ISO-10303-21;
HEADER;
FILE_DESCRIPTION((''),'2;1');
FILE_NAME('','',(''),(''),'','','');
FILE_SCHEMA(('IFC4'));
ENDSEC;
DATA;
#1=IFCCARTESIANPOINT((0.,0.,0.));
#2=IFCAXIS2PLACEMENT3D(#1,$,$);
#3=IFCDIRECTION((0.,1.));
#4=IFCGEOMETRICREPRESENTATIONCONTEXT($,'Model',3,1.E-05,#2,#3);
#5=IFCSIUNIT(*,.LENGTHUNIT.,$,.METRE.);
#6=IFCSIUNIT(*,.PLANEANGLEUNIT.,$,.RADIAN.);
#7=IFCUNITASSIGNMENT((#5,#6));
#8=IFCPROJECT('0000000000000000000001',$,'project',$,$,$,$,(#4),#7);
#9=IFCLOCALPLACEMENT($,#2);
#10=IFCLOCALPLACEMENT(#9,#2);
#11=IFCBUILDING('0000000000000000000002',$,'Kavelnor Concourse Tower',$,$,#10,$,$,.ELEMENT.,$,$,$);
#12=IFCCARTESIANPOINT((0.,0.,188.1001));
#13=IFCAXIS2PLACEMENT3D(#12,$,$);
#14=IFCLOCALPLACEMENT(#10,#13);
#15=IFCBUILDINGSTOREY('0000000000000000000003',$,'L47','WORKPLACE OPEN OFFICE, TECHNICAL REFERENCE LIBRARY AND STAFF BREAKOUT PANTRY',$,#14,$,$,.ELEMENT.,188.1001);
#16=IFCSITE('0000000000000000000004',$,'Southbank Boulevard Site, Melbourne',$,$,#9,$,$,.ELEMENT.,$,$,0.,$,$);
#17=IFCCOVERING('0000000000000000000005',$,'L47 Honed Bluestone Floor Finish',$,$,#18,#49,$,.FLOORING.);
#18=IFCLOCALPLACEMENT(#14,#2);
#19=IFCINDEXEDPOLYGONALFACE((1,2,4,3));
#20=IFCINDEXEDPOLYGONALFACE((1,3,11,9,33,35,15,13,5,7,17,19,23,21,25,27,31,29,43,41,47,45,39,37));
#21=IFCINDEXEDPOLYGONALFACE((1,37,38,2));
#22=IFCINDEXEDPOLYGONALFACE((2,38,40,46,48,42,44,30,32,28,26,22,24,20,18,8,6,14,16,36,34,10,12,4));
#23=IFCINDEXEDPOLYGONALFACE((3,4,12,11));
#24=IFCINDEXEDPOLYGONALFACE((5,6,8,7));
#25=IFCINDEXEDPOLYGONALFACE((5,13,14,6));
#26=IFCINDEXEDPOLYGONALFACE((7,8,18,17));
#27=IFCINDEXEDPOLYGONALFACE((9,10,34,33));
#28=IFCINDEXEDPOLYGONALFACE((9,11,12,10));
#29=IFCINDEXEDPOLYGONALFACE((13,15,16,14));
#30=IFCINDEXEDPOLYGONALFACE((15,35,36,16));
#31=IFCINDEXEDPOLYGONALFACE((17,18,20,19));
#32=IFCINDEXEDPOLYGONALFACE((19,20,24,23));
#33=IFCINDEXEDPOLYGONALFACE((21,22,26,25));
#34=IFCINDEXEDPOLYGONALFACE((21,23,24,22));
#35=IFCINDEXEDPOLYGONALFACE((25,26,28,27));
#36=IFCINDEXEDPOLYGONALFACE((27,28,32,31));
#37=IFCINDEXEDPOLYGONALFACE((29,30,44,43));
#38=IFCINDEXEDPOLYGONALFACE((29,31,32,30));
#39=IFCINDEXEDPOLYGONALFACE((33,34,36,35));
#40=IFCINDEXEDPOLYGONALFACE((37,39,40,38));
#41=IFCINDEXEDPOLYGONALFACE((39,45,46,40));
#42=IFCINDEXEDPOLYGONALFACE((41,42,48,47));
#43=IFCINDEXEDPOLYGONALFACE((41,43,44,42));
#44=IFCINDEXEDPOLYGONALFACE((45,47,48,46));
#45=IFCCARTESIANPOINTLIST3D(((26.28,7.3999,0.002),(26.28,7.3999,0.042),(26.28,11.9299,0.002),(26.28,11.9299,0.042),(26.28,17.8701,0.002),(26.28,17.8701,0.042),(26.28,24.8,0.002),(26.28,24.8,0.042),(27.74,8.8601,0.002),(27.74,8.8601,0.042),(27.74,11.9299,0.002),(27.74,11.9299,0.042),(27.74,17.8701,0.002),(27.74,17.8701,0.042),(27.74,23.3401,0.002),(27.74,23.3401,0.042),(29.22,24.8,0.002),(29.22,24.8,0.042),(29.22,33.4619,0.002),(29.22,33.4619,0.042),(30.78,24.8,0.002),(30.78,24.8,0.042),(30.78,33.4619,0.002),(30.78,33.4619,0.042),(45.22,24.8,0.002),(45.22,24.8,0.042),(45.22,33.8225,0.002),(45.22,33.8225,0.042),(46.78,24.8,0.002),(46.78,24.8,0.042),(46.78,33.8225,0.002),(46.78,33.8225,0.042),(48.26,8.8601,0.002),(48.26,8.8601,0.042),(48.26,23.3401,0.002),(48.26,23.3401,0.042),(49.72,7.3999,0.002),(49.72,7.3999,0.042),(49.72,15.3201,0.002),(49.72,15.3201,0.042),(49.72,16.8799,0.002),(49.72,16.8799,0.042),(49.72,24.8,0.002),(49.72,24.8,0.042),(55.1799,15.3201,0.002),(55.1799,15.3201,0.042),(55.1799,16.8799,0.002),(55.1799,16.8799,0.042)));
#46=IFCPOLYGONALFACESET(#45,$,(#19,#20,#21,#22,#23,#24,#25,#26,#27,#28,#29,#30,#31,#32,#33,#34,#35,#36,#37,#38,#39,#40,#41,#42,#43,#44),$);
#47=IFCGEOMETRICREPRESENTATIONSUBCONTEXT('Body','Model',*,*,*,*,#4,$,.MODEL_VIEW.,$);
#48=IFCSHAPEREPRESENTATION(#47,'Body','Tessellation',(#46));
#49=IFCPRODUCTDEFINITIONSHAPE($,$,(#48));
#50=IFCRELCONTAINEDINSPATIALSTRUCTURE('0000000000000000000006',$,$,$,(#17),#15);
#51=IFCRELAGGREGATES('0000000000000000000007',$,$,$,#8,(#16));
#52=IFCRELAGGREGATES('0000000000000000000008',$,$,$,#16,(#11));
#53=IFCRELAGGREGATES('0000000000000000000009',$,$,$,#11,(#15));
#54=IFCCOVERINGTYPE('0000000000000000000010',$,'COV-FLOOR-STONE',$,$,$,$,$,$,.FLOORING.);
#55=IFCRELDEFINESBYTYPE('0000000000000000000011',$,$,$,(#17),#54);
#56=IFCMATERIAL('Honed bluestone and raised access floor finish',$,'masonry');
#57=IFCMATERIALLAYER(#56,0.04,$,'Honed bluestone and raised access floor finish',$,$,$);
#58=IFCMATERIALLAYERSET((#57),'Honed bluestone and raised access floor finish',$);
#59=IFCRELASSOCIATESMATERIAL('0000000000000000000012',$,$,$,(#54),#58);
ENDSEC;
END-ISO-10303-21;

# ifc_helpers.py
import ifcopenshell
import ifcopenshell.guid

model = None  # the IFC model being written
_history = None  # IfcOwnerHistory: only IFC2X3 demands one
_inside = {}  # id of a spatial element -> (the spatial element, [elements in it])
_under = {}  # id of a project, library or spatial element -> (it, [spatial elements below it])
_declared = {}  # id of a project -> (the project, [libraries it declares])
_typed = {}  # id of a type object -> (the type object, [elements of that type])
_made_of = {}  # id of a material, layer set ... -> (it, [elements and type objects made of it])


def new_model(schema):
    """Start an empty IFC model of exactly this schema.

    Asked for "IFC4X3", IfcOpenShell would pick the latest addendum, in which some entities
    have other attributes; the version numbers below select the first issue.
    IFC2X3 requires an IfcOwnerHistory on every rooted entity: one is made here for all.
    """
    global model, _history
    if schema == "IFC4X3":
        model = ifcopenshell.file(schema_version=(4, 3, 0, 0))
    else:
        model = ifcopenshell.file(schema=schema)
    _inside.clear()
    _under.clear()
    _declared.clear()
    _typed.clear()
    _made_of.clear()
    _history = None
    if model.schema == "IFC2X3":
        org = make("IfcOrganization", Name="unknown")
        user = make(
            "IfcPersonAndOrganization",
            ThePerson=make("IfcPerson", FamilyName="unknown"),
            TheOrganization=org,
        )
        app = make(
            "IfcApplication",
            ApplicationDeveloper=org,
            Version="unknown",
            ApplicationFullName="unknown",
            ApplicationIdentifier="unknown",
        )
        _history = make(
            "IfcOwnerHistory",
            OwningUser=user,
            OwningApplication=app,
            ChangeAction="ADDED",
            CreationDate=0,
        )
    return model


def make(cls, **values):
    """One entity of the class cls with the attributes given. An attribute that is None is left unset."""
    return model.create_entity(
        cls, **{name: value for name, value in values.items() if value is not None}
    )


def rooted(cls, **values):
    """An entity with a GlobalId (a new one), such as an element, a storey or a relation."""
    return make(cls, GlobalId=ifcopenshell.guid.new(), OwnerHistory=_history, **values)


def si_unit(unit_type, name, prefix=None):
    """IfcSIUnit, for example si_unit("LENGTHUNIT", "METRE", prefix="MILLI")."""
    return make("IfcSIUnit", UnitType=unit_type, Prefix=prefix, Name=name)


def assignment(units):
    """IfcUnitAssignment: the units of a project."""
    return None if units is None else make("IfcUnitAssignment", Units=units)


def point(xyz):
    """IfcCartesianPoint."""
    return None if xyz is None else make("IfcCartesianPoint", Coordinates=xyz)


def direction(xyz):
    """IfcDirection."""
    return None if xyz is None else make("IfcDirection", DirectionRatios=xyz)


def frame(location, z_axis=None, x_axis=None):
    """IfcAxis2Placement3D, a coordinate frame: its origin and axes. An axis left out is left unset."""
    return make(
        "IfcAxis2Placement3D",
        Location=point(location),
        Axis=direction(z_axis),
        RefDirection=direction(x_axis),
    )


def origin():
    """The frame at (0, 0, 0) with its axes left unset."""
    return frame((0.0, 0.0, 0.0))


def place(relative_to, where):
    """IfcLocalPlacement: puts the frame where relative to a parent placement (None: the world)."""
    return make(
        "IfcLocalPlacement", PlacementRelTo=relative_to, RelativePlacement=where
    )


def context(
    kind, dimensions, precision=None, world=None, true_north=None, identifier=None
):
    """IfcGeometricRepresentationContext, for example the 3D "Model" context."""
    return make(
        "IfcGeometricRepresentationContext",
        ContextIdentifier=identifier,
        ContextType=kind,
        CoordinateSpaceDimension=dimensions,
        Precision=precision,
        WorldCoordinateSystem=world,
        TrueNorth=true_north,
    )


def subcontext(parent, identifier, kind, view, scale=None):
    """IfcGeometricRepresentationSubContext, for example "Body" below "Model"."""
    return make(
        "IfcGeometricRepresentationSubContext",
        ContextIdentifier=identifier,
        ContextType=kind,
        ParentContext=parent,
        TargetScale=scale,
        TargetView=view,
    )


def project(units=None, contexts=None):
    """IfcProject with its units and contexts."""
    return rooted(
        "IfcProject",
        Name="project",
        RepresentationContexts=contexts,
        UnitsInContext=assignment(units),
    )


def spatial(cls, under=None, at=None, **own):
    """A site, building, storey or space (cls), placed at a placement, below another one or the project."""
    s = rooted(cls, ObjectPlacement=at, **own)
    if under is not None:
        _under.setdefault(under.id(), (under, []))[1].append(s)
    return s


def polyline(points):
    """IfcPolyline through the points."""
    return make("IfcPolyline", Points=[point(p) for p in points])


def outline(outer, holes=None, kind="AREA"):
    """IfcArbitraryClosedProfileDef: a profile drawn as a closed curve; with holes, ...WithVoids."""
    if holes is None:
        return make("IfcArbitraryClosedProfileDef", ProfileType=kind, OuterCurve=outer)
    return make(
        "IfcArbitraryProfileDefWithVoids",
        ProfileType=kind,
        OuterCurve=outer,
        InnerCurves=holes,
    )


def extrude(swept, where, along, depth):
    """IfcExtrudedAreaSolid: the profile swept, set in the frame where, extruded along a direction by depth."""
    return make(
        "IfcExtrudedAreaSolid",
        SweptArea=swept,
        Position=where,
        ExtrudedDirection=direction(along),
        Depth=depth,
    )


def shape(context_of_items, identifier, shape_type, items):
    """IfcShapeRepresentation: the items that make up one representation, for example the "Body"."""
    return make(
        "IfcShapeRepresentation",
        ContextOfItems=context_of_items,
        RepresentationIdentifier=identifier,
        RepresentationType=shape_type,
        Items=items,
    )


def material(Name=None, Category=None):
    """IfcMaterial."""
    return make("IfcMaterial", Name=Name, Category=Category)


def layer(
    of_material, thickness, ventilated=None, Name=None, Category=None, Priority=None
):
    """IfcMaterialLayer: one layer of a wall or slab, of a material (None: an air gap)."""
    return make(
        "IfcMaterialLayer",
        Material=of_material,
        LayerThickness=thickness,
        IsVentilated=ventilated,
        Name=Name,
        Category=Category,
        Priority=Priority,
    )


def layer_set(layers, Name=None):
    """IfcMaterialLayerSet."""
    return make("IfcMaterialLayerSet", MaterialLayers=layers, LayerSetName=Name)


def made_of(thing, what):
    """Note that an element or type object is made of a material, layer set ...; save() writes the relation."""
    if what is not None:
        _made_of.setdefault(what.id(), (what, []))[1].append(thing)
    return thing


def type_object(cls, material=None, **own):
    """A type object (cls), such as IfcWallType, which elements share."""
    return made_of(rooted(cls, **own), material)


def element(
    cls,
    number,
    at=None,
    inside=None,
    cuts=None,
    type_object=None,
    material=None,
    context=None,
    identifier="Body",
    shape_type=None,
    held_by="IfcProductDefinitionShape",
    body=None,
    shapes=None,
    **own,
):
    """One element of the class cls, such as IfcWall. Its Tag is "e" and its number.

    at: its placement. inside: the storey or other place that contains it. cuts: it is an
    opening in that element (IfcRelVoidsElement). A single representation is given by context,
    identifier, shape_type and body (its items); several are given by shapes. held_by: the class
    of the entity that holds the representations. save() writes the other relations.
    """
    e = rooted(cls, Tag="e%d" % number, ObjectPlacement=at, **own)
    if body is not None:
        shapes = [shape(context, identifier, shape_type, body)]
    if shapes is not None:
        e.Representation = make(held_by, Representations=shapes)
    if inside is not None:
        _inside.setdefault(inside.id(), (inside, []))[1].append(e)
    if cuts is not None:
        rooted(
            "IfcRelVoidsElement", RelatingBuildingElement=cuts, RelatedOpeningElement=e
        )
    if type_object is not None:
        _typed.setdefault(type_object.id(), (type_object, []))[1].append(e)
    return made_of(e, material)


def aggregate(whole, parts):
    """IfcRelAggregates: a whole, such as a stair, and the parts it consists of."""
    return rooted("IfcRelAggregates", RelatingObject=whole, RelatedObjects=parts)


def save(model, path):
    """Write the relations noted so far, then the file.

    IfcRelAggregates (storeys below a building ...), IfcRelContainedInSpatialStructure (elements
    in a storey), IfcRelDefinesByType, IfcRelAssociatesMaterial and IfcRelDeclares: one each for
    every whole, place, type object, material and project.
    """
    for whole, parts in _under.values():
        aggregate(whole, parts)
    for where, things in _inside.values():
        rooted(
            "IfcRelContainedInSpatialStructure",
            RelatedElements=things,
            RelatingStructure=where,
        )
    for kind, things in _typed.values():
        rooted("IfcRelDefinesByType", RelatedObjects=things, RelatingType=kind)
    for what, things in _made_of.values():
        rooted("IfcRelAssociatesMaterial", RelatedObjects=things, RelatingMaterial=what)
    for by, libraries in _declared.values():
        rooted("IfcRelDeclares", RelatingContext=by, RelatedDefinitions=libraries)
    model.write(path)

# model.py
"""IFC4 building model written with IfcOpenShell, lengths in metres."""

from ifc_helpers import new_model, si_unit, direction, frame, origin, place, context, subcontext, project, spatial, polyline, outline, extrude, material, layer, layer_set, type_object, element, save


model = new_model("IFC4")

# Units and contexts
model_context = context("Model", 3, precision=1e-05, world=origin(), true_north=direction((0.0, 1.0)))
body_context = subcontext(model_context, "Body", "Model", "MODEL_VIEW")
ifc_project = project(units=[si_unit("LENGTHUNIT", "METRE"), si_unit("PLANEANGLEUNIT", "RADIAN")], contexts=[model_context])

# Site, building, storey
site_placement = place(None, origin())
site = spatial("IfcSite", under=ifc_project, at=site_placement, Name="Southbank Boulevard Site, Melbourne", CompositionType="ELEMENT", RefElevation=0.0)
building_placement = place(site_placement, origin())
building = spatial("IfcBuilding", under=site, at=building_placement, Name="Kavelnor Concourse Tower", CompositionType="ELEMENT")
storey_placement = place(building_placement, frame((0.0, 0.0, 188.1001)))
storey = spatial("IfcBuildingStorey", under=building, at=storey_placement, Name="L47", Description="WORKPLACE OPEN OFFICE, TECHNICAL REFERENCE LIBRARY AND STAFF BREAKOUT PANTRY", CompositionType="ELEMENT", Elevation=188.1001)

# Covering
ifc_material_1 = material(Name="Honed bluestone and raised access floor finish", Category="masonry")
ifc_layer_1 = layer(ifc_material_1, 0.04, Name="Honed bluestone and raised access floor finish")
ifc_layer_set_1 = layer_set([ifc_layer_1], Name="Honed bluestone and raised access floor finish")
covering_type_1 = type_object("IfcCoveringType", Name="COV-FLOOR-STONE", PredefinedType="FLOORING", material=ifc_layer_set_1)
covering_1_placement = place(storey_placement, frame((0.0, 0.0, 0.002)))
element("IfcCovering", 1, at=covering_1_placement, inside=storey, type_object=covering_type_1, Name="L47 Honed Bluestone Floor Finish", PredefinedType="FLOORING", context=body_context, shape_type="SweptSolid", body=[
    extrude(outline(polyline([(29.22, 24.8), (29.22, 33.4619), (30.78, 33.4619), (30.78, 24.8), (45.22, 24.8), (45.22, 33.8225), (46.78, 33.8225), (46.78, 24.8), (49.72, 24.8), (49.72, 16.8799), (55.1799, 16.8799), (55.1799, 15.3201), (49.72, 15.3201), (49.72, 7.3999), (26.28, 7.3999), (26.28, 11.9299), (27.74, 11.9299), (27.74, 8.8601), (48.26, 8.8601), (48.26, 23.3401), (27.74, 23.3401), (27.74, 17.8701), (26.28, 17.8701), (26.28, 24.8), (29.22, 24.8)])), origin(), (0.0, 0.0, 1.0), 0.04),
])

save(model, "model.ifc")
